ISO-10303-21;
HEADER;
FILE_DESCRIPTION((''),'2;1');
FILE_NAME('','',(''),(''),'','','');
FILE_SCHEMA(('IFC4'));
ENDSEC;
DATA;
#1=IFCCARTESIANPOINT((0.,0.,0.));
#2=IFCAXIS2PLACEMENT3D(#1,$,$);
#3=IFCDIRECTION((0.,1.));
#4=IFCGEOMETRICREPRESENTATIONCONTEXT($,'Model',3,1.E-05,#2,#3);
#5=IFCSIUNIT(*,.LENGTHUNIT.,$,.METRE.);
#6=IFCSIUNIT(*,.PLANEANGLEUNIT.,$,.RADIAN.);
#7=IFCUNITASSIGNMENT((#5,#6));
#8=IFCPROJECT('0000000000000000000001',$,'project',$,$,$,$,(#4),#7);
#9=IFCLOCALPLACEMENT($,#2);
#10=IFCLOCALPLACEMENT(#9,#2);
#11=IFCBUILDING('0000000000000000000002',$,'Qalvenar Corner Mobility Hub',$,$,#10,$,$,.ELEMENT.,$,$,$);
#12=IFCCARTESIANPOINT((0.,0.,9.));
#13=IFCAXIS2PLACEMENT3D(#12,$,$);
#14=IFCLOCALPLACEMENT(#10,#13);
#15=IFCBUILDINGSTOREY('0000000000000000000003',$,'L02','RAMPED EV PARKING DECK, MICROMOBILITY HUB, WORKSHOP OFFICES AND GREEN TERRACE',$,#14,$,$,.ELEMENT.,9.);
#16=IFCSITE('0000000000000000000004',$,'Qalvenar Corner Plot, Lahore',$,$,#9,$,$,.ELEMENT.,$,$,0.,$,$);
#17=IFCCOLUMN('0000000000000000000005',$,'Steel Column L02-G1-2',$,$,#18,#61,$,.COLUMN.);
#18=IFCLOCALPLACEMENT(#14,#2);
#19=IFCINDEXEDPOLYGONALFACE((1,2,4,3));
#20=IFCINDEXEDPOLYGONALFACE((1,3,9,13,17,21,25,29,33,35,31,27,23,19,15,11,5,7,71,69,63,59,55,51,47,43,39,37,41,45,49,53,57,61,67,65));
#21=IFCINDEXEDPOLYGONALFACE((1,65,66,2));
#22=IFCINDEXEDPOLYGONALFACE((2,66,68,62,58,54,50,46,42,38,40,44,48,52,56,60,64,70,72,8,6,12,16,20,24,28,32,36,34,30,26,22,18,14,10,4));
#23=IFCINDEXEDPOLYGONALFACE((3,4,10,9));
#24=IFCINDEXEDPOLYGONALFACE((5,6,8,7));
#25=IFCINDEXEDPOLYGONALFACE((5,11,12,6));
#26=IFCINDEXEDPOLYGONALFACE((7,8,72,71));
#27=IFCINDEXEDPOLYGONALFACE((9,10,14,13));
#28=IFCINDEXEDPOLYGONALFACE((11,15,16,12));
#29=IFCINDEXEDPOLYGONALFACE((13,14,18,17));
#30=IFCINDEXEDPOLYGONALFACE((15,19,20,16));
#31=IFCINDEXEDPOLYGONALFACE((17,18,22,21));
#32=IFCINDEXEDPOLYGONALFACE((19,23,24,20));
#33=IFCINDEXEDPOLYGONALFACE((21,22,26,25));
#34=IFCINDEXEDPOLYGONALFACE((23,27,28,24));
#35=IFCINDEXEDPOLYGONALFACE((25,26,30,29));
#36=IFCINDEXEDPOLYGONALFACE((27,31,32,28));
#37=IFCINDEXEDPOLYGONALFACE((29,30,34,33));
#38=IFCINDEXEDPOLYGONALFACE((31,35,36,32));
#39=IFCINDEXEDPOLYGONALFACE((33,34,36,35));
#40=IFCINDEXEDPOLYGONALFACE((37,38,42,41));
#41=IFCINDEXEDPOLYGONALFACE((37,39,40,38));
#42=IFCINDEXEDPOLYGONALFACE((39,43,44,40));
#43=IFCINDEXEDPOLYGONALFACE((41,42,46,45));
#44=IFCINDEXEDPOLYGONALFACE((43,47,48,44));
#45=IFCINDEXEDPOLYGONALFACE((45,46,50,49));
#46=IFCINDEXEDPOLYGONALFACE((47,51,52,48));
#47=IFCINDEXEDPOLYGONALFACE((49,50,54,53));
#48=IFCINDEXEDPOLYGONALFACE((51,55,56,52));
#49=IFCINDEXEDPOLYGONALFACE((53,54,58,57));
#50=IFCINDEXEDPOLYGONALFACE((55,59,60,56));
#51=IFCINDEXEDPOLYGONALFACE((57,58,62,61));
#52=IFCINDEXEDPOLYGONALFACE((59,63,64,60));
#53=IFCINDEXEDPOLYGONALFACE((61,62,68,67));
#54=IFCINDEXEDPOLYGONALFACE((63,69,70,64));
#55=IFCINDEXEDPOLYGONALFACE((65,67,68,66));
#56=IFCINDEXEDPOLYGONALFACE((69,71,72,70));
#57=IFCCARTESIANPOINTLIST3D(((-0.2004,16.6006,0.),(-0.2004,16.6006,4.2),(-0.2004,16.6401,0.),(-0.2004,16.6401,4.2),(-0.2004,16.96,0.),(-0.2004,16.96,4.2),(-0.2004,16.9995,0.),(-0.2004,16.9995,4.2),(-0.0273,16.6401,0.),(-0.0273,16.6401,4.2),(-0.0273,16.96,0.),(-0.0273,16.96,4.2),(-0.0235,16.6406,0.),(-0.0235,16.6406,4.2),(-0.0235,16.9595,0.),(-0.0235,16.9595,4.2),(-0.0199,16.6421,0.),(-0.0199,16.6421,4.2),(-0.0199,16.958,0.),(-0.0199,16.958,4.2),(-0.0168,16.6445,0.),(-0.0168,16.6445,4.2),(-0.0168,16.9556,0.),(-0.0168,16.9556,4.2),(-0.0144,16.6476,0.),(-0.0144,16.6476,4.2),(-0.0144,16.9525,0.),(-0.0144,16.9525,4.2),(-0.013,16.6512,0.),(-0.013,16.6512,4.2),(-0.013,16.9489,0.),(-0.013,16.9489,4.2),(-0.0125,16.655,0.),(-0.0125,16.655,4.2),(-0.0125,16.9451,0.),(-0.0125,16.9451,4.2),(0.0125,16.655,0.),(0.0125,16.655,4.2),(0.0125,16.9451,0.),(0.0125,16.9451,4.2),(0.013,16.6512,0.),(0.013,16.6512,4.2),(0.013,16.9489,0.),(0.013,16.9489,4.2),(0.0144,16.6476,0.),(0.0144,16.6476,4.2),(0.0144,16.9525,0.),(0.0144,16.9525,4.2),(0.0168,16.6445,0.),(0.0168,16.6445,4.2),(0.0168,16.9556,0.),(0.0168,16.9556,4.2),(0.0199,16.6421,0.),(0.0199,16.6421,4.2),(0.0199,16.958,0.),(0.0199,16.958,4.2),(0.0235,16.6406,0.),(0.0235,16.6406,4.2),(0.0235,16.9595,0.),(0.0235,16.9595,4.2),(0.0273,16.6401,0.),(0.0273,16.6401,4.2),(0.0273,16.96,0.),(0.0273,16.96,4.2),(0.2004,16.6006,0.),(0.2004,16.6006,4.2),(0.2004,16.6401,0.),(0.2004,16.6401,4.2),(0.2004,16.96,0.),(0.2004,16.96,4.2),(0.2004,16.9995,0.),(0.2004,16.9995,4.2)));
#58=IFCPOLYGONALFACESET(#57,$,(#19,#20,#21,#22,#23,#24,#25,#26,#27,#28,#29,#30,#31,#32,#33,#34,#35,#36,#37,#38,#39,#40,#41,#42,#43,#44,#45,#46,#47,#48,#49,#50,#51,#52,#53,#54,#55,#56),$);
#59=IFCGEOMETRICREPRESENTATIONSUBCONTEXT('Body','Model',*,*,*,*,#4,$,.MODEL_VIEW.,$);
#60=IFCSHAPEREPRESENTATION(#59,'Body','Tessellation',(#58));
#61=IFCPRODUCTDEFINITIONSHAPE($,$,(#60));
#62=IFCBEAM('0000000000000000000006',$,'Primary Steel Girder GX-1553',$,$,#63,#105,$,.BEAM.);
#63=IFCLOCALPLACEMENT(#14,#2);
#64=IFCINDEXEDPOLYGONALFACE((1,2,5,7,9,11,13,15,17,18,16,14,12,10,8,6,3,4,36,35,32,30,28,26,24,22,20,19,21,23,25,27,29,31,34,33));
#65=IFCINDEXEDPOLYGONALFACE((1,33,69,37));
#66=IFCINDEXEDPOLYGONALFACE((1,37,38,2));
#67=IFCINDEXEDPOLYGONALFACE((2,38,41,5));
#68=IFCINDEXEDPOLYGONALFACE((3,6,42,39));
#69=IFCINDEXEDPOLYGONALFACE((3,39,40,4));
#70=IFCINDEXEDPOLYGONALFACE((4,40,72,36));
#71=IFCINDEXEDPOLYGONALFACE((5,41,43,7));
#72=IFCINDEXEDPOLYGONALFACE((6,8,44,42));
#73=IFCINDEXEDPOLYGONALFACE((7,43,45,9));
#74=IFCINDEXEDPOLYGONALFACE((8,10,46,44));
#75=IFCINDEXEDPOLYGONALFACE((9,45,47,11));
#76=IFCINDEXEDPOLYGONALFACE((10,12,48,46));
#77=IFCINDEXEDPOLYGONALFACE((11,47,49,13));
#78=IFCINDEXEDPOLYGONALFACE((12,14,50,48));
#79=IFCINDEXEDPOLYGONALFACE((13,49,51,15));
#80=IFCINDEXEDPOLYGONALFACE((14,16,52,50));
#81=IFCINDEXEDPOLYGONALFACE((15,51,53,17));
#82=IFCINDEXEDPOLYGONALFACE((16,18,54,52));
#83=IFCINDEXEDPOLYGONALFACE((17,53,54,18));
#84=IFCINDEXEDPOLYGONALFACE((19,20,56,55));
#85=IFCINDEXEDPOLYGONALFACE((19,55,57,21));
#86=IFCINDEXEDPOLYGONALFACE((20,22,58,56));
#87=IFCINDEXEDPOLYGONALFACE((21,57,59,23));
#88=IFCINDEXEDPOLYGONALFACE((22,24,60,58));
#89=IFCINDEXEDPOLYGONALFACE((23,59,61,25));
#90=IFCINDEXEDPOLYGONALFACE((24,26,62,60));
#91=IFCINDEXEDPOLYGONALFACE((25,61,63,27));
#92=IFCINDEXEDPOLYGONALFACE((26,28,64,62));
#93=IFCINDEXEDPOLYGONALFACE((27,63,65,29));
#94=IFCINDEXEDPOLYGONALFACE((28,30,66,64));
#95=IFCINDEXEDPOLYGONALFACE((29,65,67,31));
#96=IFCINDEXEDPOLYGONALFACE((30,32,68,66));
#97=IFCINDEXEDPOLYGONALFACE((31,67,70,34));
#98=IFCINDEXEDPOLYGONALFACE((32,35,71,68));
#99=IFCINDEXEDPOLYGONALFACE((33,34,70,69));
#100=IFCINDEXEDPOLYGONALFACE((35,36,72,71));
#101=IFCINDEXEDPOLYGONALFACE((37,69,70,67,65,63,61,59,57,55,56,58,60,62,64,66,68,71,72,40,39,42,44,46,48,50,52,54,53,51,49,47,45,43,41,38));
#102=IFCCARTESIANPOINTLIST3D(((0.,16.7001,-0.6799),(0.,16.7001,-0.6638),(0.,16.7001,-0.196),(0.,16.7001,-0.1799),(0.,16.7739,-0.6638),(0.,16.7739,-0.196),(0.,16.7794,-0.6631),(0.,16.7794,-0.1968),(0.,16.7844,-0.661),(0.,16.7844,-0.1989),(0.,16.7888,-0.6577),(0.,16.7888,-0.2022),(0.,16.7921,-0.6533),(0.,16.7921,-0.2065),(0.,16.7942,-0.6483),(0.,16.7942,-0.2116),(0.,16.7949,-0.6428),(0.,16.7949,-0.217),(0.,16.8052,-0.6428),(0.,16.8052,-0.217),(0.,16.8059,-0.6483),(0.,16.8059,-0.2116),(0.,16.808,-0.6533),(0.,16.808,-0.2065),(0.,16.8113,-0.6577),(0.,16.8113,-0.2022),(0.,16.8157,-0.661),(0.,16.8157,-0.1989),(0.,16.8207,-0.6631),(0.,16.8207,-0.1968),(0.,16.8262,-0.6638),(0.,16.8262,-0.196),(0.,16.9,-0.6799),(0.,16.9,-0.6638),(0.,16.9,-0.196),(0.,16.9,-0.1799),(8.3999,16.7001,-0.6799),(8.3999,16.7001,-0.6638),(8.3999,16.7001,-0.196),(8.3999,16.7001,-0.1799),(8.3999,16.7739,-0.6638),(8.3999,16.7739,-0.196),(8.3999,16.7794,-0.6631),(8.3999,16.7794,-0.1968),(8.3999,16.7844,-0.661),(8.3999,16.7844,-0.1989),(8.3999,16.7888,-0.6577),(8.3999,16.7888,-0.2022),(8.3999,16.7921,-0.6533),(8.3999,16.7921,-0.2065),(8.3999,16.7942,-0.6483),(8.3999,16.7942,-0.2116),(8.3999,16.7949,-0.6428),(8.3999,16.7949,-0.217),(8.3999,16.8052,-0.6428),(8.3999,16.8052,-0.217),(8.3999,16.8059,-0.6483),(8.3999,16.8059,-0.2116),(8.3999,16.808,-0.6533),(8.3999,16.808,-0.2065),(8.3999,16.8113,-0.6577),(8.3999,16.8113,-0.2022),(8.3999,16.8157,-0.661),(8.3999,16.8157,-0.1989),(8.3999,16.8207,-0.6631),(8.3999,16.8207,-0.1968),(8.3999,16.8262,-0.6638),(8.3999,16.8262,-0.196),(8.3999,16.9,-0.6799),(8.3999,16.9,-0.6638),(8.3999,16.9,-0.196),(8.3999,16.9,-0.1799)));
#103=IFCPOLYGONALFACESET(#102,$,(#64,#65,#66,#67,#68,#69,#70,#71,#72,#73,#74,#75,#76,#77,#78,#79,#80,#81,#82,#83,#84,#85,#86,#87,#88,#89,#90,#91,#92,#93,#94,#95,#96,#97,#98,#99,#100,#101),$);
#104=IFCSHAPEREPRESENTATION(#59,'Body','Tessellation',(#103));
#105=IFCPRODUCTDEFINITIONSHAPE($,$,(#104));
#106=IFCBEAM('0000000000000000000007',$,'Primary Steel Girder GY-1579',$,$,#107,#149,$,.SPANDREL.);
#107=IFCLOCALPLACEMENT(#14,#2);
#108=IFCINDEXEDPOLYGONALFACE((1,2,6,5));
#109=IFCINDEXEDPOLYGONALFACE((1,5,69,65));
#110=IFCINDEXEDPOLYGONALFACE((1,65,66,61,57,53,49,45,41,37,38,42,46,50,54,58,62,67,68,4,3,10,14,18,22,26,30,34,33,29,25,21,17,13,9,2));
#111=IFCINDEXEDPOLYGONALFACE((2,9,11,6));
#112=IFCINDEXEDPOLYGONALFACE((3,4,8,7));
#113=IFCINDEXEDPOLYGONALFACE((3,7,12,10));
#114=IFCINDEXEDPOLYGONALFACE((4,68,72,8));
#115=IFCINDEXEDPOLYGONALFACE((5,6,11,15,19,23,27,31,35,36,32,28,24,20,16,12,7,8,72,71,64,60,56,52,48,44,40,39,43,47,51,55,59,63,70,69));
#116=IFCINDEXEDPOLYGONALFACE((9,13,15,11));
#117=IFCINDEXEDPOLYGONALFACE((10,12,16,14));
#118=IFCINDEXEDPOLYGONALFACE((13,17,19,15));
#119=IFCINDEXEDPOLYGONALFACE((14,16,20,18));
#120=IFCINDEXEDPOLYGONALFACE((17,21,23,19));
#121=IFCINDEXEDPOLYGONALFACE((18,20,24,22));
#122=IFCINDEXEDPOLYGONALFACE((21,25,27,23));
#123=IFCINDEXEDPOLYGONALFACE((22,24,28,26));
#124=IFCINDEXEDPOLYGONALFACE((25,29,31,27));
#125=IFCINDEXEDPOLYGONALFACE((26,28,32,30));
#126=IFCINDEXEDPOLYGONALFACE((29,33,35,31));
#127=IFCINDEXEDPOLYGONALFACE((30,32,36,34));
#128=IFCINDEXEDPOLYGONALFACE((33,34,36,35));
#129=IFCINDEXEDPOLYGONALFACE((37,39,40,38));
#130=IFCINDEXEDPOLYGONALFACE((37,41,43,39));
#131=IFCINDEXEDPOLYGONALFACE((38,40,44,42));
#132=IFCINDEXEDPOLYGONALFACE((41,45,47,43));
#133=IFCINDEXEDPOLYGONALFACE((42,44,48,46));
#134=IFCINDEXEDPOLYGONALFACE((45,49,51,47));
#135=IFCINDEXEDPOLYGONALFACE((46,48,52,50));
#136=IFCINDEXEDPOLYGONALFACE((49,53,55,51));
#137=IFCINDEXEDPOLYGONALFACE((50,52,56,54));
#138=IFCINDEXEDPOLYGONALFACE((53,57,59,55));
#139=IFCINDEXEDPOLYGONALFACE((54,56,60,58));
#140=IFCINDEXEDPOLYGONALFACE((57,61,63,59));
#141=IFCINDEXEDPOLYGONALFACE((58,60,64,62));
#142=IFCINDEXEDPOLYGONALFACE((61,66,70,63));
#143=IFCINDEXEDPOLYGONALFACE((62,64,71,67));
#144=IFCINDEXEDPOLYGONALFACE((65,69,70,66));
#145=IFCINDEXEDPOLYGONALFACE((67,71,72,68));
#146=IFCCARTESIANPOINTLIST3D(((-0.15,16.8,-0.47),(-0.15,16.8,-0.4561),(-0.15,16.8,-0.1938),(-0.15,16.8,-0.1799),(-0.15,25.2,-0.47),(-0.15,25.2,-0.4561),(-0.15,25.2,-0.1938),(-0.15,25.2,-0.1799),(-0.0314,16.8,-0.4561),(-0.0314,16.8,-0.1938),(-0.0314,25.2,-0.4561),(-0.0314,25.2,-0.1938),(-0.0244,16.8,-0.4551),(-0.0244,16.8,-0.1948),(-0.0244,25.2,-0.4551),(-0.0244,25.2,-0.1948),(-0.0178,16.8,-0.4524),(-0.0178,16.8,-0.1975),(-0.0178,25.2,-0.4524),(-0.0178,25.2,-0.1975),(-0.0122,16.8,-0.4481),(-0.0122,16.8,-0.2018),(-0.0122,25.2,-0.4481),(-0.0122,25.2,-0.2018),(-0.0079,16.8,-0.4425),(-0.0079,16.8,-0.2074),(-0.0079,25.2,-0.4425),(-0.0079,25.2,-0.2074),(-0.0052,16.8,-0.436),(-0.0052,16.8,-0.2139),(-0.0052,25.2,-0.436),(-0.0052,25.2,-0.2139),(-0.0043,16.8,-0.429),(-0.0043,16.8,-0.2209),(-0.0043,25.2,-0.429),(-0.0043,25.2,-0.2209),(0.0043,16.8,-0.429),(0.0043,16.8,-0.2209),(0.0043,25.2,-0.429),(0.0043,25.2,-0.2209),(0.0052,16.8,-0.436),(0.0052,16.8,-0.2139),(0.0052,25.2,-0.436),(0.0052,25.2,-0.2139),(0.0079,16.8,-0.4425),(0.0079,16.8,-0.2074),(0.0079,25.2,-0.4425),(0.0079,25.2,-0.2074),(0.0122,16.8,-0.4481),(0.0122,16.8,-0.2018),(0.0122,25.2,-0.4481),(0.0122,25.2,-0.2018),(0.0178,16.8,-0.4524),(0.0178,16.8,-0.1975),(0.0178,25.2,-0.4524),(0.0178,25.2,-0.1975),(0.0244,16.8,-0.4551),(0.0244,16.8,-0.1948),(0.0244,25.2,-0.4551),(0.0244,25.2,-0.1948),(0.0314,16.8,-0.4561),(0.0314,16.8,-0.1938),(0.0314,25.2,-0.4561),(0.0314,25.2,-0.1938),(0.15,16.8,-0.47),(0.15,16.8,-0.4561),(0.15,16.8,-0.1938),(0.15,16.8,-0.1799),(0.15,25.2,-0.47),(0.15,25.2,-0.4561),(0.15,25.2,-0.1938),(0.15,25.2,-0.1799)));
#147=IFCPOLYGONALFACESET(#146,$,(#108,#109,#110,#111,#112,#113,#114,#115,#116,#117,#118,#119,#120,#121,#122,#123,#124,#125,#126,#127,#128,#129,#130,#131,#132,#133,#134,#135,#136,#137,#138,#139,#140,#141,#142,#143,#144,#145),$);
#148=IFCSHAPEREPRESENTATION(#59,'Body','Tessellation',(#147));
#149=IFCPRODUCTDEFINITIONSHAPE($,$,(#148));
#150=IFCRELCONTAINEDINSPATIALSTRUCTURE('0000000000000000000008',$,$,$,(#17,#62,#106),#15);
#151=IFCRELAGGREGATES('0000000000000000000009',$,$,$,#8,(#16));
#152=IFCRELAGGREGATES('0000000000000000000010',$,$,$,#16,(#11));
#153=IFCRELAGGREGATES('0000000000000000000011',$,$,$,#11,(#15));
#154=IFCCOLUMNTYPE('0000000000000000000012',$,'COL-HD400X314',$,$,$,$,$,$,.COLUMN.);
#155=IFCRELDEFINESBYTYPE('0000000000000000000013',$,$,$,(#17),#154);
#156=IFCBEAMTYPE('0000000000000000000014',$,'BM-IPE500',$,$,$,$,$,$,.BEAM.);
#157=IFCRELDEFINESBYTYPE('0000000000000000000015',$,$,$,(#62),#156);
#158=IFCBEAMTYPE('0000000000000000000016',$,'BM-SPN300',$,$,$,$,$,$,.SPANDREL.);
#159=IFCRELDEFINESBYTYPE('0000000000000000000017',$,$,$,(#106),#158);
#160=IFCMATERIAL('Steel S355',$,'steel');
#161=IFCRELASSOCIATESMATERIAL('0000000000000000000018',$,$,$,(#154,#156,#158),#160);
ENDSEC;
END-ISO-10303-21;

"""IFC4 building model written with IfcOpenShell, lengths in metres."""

from ifc_helpers import new_model, si_unit, direction, frame, origin, origin_2d, place, context, subcontext, project, spatial, i_section, extrude, material, material_profile, profile_set, type_object, element, save


model = new_model("IFC4")

# Units and contexts
model_context = context("Model", 3, precision=1e-05, world=origin(), true_north=direction((0.0, 1.0)))
body_context = subcontext(model_context, "Body", "Model", "MODEL_VIEW")
ifc_project = project(units=[si_unit("LENGTHUNIT", "METRE"), si_unit("PLANEANGLEUNIT", "RADIAN")], contexts=[model_context])

# Site, building, storey
site_placement = place(None, origin())
site = spatial("IfcSite", under=ifc_project, at=site_placement, Name="Qalvenar Corner Plot, Lahore", CompositionType="ELEMENT", RefElevation=0.0)
building_placement = place(site_placement, origin())
building = spatial("IfcBuilding", under=site, at=building_placement, Name="Qalvenar Corner Mobility Hub", CompositionType="ELEMENT")
storey_placement = place(building_placement, frame((0.0, 0.0, 9.0)))
storey = spatial("IfcBuildingStorey", under=building, at=storey_placement, Name="L02", Description="RAMPED EV PARKING DECK, MICROMOBILITY HUB, WORKSHOP OFFICES AND GREEN TERRACE", CompositionType="ELEMENT", Elevation=9.0)

# Column
ifc_material_1 = material(Name="Steel S355", Category="steel")
ifc_material_profile_1 = material_profile(ifc_material_1, i_section(OverallWidth=0.4009, OverallDepth=0.3989, WebThickness=0.0249, FlangeThickness=0.0396, FilletRadius=0.0149, at=origin_2d()), Name="HD400x314")
ifc_profile_set_1 = profile_set([ifc_material_profile_1], Name="Steel S355")
column_type = type_object("IfcColumnType", Name="COL-HD400X314", PredefinedType="COLUMN", material=ifc_profile_set_1)
column_placement = place(storey_placement, frame((0.0, 16.8, 0.0), z_axis=(0.0, 0.0, 1.0), x_axis=(1.0, 0.0, 0.0)))
element("IfcColumn", 1, at=column_placement, inside=storey, type_object=column_type, Name="Steel Column L02-G1-2", PredefinedType="COLUMN", context=body_context, shape_type="SweptSolid", body=[
    extrude(i_section(OverallWidth=0.4009, OverallDepth=0.3989, WebThickness=0.0249, FlangeThickness=0.0396, FilletRadius=0.0149, at=origin_2d()), origin(), (0.0, 0.0, 1.0), 4.2),
])

# Beams
ifc_material_profile_2 = material_profile(ifc_material_1, i_section(OverallWidth=0.2, OverallDepth=0.5, WebThickness=0.0103, FlangeThickness=0.0161, FilletRadius=0.021, at=origin_2d()), Name="IPE500")
ifc_profile_set_2 = profile_set([ifc_material_profile_2], Name="Steel S355")
beam_type_1 = type_object("IfcBeamType", Name="BM-IPE500", PredefinedType="BEAM", material=ifc_profile_set_2)
beam_1_placement = place(storey_placement, frame((0.0, 16.8, -0.4299), z_axis=(1.0, 0.0, 0.0), x_axis=(0.0, 1.0, 0.0)))
element("IfcBeam", 2, at=beam_1_placement, inside=storey, type_object=beam_type_1, Name="Primary Steel Girder GX-1553", PredefinedType="BEAM", context=body_context, shape_type="SweptSolid", body=[
    extrude(i_section(OverallWidth=0.2, OverallDepth=0.5, WebThickness=0.0103, FlangeThickness=0.0161, FilletRadius=0.021, at=origin_2d()), origin(), (0.0, 0.0, 1.0), 8.3999),
])
ifc_material_profile_3 = material_profile(ifc_material_1, i_section(OverallWidth=0.3, OverallDepth=0.29, WebThickness=0.0085, FlangeThickness=0.0139, FilletRadius=0.0271, at=origin_2d()), Name="HEA300")
ifc_profile_set_3 = profile_set([ifc_material_profile_3], Name="Steel S355")
beam_type_2 = type_object("IfcBeamType", Name="BM-SPN300", PredefinedType="SPANDREL", material=ifc_profile_set_3)
beam_2_placement = place(storey_placement, frame((0.0, 16.8, -0.325), z_axis=(0.0, 1.0, 0.0), x_axis=(-1.0, 0.0, 0.0)))
element("IfcBeam", 3, at=beam_2_placement, inside=storey, type_object=beam_type_2, Name="Primary Steel Girder GY-1579", PredefinedType="SPANDREL", context=body_context, shape_type="SweptSolid", body=[
    extrude(i_section(OverallWidth=0.3, OverallDepth=0.29, WebThickness=0.0085, FlangeThickness=0.0139, FilletRadius=0.0271, at=origin_2d()), origin(), (0.0, 0.0, 1.0), 8.3999),
])

save(model, "model.ifc")
